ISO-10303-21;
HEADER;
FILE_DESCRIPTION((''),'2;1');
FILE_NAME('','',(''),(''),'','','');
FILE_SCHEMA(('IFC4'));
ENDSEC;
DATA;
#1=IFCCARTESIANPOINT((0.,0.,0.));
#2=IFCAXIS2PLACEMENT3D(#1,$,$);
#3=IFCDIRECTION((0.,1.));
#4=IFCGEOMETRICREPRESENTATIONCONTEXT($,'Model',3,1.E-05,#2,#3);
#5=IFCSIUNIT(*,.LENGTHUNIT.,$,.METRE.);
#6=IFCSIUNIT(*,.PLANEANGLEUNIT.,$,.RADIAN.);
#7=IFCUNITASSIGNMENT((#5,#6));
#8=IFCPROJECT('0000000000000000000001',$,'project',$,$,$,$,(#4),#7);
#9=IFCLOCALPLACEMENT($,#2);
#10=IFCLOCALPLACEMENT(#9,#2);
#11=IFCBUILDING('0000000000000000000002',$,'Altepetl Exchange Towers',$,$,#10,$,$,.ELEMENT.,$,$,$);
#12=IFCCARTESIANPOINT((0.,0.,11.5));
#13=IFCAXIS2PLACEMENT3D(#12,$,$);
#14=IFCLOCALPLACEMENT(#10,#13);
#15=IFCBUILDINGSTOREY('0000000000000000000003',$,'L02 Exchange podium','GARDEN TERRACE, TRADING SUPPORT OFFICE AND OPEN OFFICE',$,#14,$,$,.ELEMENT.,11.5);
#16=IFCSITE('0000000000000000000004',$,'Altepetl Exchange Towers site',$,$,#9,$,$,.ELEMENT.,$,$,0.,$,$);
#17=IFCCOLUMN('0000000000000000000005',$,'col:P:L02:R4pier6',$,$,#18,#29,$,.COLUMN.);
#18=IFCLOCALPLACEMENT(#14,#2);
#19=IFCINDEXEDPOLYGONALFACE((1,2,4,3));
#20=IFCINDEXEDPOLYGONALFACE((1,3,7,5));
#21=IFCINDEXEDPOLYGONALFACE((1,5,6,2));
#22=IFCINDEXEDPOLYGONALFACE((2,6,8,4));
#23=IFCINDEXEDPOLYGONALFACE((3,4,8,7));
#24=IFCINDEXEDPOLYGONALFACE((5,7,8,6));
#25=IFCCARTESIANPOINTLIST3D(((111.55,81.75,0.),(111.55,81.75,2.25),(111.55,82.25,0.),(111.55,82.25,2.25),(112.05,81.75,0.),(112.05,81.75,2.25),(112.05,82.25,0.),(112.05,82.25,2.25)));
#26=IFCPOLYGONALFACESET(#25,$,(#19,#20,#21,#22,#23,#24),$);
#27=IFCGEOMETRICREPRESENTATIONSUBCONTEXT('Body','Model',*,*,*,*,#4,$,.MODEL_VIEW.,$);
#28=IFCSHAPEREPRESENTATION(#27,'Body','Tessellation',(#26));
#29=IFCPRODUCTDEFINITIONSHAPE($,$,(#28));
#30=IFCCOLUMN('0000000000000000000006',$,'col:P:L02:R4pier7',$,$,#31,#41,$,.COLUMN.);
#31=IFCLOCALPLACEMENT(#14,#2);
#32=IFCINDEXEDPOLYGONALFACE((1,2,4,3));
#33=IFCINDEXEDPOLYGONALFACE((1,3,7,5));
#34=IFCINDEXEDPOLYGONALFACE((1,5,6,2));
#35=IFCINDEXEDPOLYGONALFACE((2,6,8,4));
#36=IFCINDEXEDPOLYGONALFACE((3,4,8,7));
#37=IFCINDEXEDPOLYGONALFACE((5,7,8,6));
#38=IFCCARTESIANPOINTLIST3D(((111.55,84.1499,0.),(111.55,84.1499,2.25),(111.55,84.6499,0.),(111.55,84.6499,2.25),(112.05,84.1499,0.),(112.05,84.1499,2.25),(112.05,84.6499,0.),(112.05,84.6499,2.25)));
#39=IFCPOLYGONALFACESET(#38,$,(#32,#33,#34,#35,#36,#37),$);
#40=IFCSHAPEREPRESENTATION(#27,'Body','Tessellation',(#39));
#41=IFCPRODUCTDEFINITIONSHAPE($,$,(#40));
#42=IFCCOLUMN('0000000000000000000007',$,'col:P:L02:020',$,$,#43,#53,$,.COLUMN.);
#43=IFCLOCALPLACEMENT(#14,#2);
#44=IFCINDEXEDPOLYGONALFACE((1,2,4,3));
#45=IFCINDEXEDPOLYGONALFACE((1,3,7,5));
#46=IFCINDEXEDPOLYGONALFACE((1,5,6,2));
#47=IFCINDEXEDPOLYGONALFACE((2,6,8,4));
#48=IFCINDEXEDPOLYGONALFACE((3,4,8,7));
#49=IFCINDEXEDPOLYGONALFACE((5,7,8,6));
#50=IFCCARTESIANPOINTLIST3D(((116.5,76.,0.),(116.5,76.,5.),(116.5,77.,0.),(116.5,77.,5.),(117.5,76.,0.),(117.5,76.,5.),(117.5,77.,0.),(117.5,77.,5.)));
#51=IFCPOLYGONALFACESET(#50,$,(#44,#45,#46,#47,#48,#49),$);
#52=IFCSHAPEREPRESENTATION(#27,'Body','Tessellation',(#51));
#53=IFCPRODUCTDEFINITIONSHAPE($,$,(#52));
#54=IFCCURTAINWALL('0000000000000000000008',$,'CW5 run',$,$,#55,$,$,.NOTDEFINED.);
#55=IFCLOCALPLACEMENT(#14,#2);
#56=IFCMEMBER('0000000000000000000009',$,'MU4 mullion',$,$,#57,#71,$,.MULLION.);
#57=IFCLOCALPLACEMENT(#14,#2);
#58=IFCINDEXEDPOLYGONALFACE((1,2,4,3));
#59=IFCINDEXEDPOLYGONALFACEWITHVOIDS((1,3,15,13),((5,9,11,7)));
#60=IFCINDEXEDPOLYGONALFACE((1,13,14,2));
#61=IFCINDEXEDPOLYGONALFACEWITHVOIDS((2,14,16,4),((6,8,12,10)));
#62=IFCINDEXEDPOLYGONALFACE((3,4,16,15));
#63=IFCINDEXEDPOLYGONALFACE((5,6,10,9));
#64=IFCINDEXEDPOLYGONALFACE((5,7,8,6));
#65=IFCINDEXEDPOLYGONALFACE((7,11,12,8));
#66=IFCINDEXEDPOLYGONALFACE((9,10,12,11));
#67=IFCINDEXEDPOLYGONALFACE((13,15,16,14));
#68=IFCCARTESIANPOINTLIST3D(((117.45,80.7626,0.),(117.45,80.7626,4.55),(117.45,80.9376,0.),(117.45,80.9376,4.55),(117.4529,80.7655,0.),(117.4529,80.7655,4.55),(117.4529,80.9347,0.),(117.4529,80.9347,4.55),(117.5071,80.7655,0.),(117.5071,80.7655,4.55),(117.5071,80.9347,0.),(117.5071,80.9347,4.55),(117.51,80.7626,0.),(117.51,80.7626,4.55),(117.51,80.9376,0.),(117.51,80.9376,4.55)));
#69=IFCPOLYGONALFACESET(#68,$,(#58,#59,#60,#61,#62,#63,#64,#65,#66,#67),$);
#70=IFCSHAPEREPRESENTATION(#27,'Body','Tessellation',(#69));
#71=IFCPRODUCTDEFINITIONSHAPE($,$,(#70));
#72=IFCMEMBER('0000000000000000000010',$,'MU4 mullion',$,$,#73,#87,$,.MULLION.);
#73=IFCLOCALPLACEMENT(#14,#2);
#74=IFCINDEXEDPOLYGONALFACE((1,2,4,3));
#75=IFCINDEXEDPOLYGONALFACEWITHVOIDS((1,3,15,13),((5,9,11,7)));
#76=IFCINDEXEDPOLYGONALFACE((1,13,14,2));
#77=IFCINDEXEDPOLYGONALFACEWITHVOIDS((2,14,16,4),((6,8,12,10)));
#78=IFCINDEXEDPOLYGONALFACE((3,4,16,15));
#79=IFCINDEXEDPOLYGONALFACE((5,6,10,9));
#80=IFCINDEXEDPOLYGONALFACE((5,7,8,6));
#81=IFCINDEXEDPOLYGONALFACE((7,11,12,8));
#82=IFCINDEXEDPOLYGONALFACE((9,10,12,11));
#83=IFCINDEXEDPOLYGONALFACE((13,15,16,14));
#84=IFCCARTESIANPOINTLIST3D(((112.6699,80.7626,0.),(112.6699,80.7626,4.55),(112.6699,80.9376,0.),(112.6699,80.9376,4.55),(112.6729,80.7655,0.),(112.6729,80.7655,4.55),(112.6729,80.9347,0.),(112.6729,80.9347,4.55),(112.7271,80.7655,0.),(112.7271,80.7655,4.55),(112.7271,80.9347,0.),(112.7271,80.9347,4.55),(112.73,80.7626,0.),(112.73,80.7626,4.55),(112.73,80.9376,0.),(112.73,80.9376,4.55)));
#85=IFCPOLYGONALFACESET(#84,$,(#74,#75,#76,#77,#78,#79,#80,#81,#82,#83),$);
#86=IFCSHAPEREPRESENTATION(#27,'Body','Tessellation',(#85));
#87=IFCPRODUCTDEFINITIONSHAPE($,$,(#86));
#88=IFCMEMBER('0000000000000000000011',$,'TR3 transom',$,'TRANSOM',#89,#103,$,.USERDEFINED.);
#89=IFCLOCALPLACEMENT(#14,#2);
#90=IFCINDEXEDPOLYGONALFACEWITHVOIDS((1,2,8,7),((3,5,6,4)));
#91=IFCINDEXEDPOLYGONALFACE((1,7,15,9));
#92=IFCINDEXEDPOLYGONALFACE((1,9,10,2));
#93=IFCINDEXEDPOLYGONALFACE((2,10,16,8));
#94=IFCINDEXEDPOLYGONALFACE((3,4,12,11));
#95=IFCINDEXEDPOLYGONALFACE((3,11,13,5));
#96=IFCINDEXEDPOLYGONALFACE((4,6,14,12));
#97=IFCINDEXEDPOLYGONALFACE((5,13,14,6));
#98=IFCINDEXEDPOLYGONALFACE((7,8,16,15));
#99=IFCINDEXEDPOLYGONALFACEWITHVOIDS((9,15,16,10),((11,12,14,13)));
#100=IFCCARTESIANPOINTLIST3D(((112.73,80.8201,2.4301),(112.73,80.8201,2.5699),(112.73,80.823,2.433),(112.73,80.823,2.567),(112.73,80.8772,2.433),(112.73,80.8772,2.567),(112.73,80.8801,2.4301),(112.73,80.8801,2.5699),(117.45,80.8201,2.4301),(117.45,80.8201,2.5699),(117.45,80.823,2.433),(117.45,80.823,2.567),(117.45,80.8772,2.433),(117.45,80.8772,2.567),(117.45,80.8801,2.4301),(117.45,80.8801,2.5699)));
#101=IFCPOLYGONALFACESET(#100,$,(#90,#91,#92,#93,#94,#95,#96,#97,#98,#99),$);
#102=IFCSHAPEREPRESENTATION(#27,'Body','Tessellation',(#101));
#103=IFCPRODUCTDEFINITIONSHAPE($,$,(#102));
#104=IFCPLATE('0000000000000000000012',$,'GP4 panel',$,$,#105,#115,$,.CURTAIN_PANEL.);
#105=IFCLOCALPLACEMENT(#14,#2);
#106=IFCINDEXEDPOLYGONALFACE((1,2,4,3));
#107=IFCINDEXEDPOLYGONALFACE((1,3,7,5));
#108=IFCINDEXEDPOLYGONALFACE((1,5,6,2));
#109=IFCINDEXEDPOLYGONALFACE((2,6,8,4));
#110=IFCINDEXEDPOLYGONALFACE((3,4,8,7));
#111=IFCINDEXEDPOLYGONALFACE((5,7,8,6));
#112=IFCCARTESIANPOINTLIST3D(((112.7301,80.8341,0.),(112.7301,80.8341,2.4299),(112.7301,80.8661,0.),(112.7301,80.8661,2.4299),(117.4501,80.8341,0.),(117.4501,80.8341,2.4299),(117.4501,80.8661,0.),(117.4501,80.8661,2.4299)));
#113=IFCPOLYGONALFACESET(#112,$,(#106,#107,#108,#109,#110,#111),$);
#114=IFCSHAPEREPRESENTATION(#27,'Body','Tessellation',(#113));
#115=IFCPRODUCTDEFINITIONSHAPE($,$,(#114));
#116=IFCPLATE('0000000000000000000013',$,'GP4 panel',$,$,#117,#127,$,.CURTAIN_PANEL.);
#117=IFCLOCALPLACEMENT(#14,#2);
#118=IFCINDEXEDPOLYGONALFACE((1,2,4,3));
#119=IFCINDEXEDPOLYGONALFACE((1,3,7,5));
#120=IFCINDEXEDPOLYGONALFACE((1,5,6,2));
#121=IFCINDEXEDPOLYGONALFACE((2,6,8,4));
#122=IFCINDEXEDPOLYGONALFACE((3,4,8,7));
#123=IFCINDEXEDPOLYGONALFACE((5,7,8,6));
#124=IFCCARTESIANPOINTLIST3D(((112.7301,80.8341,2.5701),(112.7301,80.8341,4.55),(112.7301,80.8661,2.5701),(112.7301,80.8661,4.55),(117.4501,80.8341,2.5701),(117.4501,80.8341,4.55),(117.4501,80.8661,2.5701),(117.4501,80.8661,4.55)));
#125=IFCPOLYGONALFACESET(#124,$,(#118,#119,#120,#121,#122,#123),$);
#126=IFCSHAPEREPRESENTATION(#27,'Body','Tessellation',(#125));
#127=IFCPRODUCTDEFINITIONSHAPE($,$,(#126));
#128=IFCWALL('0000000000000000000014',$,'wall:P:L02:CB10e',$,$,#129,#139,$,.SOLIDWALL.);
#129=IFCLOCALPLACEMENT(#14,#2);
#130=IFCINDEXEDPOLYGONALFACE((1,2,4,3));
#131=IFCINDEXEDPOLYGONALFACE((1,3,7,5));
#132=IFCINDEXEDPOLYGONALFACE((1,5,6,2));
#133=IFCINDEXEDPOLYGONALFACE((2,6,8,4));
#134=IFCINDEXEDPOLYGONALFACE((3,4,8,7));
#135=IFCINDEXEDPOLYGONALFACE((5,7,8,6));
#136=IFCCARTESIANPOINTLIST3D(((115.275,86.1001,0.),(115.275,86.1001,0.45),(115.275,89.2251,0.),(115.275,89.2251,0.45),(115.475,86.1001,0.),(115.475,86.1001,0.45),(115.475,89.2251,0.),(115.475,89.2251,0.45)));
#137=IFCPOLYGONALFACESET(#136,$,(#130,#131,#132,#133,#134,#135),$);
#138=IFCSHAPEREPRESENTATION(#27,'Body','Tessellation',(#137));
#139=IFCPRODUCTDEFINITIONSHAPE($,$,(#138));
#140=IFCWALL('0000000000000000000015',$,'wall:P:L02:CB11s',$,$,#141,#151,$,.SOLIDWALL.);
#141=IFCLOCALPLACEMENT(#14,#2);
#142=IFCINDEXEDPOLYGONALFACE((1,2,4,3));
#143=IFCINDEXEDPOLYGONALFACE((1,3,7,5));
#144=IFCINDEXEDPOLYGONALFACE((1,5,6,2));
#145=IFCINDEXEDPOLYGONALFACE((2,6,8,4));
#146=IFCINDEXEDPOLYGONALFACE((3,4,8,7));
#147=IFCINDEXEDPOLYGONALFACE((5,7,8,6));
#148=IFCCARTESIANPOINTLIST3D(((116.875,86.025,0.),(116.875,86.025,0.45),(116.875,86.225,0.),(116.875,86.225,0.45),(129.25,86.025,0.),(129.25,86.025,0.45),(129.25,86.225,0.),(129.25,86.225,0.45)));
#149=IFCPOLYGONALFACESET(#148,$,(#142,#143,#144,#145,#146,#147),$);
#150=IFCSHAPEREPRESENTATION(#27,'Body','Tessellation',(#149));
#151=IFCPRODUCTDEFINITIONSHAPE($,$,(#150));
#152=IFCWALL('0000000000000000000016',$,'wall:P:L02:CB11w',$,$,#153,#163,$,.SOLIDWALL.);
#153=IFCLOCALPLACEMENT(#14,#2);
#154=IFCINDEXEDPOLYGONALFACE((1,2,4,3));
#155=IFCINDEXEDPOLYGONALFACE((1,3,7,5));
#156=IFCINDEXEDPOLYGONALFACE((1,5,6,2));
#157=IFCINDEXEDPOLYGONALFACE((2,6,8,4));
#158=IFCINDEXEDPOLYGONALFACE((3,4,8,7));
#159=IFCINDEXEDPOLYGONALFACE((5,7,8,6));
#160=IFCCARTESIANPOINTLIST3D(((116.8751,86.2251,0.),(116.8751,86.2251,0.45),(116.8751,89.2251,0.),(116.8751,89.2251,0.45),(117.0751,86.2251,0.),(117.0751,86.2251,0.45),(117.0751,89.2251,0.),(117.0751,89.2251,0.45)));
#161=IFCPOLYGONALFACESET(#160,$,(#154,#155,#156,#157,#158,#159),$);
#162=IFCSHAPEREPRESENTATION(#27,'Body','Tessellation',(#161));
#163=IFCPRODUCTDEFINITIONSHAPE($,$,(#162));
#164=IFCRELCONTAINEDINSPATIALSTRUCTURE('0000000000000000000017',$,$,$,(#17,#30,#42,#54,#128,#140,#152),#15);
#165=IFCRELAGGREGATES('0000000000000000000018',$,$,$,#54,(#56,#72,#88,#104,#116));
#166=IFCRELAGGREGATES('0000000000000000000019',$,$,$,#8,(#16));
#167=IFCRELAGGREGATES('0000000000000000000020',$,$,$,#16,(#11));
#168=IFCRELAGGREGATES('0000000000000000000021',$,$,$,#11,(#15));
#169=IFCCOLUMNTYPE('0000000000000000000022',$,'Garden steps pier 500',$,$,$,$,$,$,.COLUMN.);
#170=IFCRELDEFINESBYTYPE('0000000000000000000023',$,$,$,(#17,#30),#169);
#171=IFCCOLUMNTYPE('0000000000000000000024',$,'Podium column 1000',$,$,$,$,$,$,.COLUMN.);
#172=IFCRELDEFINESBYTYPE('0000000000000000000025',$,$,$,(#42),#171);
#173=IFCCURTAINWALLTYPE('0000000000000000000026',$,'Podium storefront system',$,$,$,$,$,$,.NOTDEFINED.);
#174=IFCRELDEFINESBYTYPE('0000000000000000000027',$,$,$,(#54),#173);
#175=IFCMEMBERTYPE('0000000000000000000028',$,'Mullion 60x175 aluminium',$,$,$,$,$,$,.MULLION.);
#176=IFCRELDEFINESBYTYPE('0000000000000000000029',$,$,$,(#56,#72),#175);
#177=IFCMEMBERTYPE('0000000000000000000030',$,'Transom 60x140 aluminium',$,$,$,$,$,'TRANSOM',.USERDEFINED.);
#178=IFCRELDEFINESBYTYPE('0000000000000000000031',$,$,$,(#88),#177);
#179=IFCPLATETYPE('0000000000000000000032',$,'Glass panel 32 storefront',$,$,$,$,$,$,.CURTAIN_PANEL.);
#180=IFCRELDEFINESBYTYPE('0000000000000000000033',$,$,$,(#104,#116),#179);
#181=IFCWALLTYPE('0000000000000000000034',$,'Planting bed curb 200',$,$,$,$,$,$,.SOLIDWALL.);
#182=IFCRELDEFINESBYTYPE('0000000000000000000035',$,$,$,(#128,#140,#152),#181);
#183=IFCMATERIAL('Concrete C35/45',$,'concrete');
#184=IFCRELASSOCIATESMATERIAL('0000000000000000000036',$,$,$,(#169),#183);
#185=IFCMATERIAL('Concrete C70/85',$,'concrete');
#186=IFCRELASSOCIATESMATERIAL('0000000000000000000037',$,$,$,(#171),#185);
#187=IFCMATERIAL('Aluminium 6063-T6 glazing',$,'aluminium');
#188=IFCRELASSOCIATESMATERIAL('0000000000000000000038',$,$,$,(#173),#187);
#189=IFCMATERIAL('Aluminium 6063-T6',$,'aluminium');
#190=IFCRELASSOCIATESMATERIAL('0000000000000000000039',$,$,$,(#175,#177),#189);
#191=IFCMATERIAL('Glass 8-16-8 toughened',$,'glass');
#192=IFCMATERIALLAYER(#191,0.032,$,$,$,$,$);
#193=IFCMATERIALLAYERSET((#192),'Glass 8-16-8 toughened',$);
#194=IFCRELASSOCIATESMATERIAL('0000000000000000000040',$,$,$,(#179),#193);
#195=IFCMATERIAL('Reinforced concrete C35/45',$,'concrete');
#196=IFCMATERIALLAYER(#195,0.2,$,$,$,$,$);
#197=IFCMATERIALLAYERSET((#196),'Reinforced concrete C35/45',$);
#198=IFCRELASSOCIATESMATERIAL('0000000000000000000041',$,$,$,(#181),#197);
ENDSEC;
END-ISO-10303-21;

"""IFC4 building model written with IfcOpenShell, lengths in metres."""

from ifc_helpers import new_model, si_unit, direction, frame, frame_2d, origin, origin_2d, place, context, subcontext, project, spatial, rectangle, hollow_rectangle, extrude, material, layer, layer_set, material_profile, profile_set, type_object, element, aggregate, save


model = new_model("IFC4")

# Units and contexts
model_context = context("Model", 3, precision=1e-05, world=origin(), true_north=direction((0.0, 1.0)))
body_context = subcontext(model_context, "Body", "Model", "MODEL_VIEW")
ifc_project = project(units=[si_unit("LENGTHUNIT", "METRE"), si_unit("PLANEANGLEUNIT", "RADIAN")], contexts=[model_context])

# Site, building, storey
site_placement = place(None, origin())
site = spatial("IfcSite", under=ifc_project, at=site_placement, Name="Altepetl Exchange Towers site", CompositionType="ELEMENT", RefElevation=0.0)
building_placement = place(site_placement, origin())
building = spatial("IfcBuilding", under=site, at=building_placement, Name="Altepetl Exchange Towers", CompositionType="ELEMENT")
storey_placement = place(building_placement, frame((0.0, 0.0, 11.5)))
storey = spatial("IfcBuildingStorey", under=building, at=storey_placement, Name="L02 Exchange podium", Description="GARDEN TERRACE, TRADING SUPPORT OFFICE AND OPEN OFFICE", CompositionType="ELEMENT", Elevation=11.5)

# Columns
ifc_material_1 = material(Name="Concrete C35/45", Category="concrete")
ifc_material_profile_1 = material_profile(ifc_material_1, rectangle(XDim=0.5, YDim=0.5, at=origin_2d()), Name="500 x 500")
ifc_profile_set_1 = profile_set([ifc_material_profile_1], Name="Concrete C35/45")
column_type_1 = type_object("IfcColumnType", Name="Garden steps pier 500", PredefinedType="COLUMN", material=ifc_profile_set_1)
for number, where, name in (
    (1, (111.8, 82.0, 0.0), "col:P:L02:R4pier6"),
    (2, (111.8, 84.3999, 0.0), "col:P:L02:R4pier7"),
):
    element("IfcColumn", number, at=place(storey_placement, frame(where)), inside=storey, type_object=column_type_1, Name=name, PredefinedType="COLUMN", context=body_context, shape_type="SweptSolid", body=[
        extrude(rectangle(XDim=0.5, YDim=0.5, at=origin_2d()), origin(), (0.0, 0.0, 1.0), 2.25),
    ])
ifc_material_2 = material(Name="Concrete C70/85", Category="concrete")
ifc_material_profile_2 = material_profile(ifc_material_2, rectangle(XDim=1.0, YDim=1.0, at=origin_2d()), Name="1000 x 1000")
ifc_profile_set_2 = profile_set([ifc_material_profile_2], Name="Concrete C70/85")
column_type_2 = type_object("IfcColumnType", Name="Podium column 1000", PredefinedType="COLUMN", material=ifc_profile_set_2)
column_placement = place(storey_placement, frame((117.0, 76.5, 0.0)))
element("IfcColumn", 3, at=column_placement, inside=storey, type_object=column_type_2, Name="col:P:L02:020", PredefinedType="COLUMN", context=body_context, shape_type="SweptSolid", body=[
    extrude(rectangle(XDim=1.0, YDim=1.0, at=origin_2d()), origin(), (0.0, 0.0, 1.0), 5.0),
])

# Curtain wall, members, plates
ifc_material_3 = material(Name="Aluminium 6063-T6 glazing", Category="aluminium")
curtain_wall_type = type_object("IfcCurtainWallType", Name="Podium storefront system", PredefinedType="NOTDEFINED", material=ifc_material_3)
curtain_wall_placement = place(storey_placement, origin())
curtain_wall = element("IfcCurtainWall", 4, at=curtain_wall_placement, inside=storey, type_object=curtain_wall_type, Name="CW5 run", PredefinedType="NOTDEFINED")
ifc_material_4 = material(Name="Aluminium 6063-T6", Category="aluminium")
ifc_material_profile_3 = material_profile(ifc_material_4, hollow_rectangle(XDim=0.0601, YDim=0.175, WallThickness=0.0029, at=origin_2d()), Name="Mullion 60x175 aluminium")
ifc_profile_set_3 = profile_set([ifc_material_profile_3], Name="Aluminium 6063-T6")
member_type_1 = type_object("IfcMemberType", Name="Mullion 60x175 aluminium", PredefinedType="MULLION", material=ifc_profile_set_3)
member_1_placement = place(storey_placement, frame((117.48, 80.8501, 0.0), z_axis=(0.0, 0.0, 1.0), x_axis=(-1.0, 0.0, 0.0)))
member_1 = element("IfcMember", 5, at=member_1_placement, type_object=member_type_1, Name="MU4 mullion", PredefinedType="MULLION", context=body_context, shape_type="SweptSolid", body=[
    extrude(hollow_rectangle(XDim=0.0601, YDim=0.175, WallThickness=0.0029, at=origin_2d()), origin(), (0.0, 0.0, 1.0), 4.55),
])
member_2_placement = place(storey_placement, frame((112.7, 80.8501, 0.0), z_axis=(0.0, 0.0, 1.0), x_axis=(-1.0, 0.0, 0.0)))
member_2 = element("IfcMember", 6, at=member_2_placement, type_object=member_type_1, Name="MU4 mullion", PredefinedType="MULLION", context=body_context, shape_type="SweptSolid", body=[
    extrude(hollow_rectangle(XDim=0.0601, YDim=0.175, WallThickness=0.0029, at=origin_2d()), origin(), (0.0, 0.0, 1.0), 4.55),
])
ifc_material_profile_4 = material_profile(ifc_material_4, hollow_rectangle(XDim=0.0601, YDim=0.1399, WallThickness=0.0029, at=origin_2d()), Name="Transom 60x140 aluminium")
ifc_profile_set_4 = profile_set([ifc_material_profile_4], Name="Aluminium 6063-T6")
member_type_2 = type_object("IfcMemberType", Name="Transom 60x140 aluminium", ElementType="TRANSOM", PredefinedType="USERDEFINED", material=ifc_profile_set_4)
member_3_placement = place(storey_placement, frame((117.45, 80.8501, 2.5), z_axis=(-1.0, 0.0, 0.0), x_axis=(0.0, -1.0, 0.0)))
member_3 = element("IfcMember", 7, at=member_3_placement, type_object=member_type_2, Name="TR3 transom", ObjectType="TRANSOM", PredefinedType="USERDEFINED", context=body_context, shape_type="SweptSolid", body=[
    extrude(hollow_rectangle(XDim=0.0601, YDim=0.1399, WallThickness=0.0029, at=origin_2d()), origin(), (0.0, 0.0, 1.0), 4.72),
])
ifc_material_5 = material(Name="Glass 8-16-8 toughened", Category="glass")
ifc_layer_1 = layer(ifc_material_5, 0.032)
ifc_layer_set_1 = layer_set([ifc_layer_1], Name="Glass 8-16-8 toughened")
plate_type = type_object("IfcPlateType", Name="Glass panel 32 storefront", PredefinedType="CURTAIN_PANEL", material=ifc_layer_set_1)
plate_1_placement = place(storey_placement, frame((115.0901, 80.8501, 0.0), z_axis=(0.0, 0.0, 1.0), x_axis=(-1.0, 0.0, 0.0)))
plate_1 = element("IfcPlate", 8, at=plate_1_placement, type_object=plate_type, Name="GP4 panel", PredefinedType="CURTAIN_PANEL", context=body_context, shape_type="SweptSolid", body=[
    extrude(rectangle(XDim=4.72, YDim=0.032, at=origin_2d()), origin(), (0.0, 0.0, 1.0), 2.4299),
])
plate_2_placement = place(storey_placement, frame((115.0901, 80.8501, 2.5701), z_axis=(0.0, 0.0, 1.0), x_axis=(-1.0, 0.0, 0.0)))
plate_2 = element("IfcPlate", 9, at=plate_2_placement, type_object=plate_type, Name="GP4 panel", PredefinedType="CURTAIN_PANEL", context=body_context, shape_type="SweptSolid", body=[
    extrude(rectangle(XDim=4.72, YDim=0.032, at=origin_2d()), origin(), (0.0, 0.0, 1.0), 1.98),
])
aggregate(curtain_wall, [member_1, member_2, member_3, plate_1, plate_2])

# Walls
ifc_material_6 = material(Name="Reinforced concrete C35/45", Category="concrete")
ifc_layer_2 = layer(ifc_material_6, 0.2)
ifc_layer_set_2 = layer_set([ifc_layer_2], Name="Reinforced concrete C35/45")
wall_type_1 = type_object("IfcWallType", Name="Planting bed curb 200", PredefinedType="SOLIDWALL", material=ifc_layer_set_2)
wall_1_placement = place(storey_placement, frame((115.375, 86.1001, 0.0), z_axis=(0.0, 0.0, 1.0), x_axis=(0.0, 1.0, 0.0)))
element("IfcWall", 10, at=wall_1_placement, inside=storey, type_object=wall_type_1, Name="wall:P:L02:CB10e", PredefinedType="SOLIDWALL", context=body_context, shape_type="SweptSolid", body=[
    extrude(rectangle(XDim=3.125, YDim=0.2, at=frame_2d((1.5625, 0.0))), origin(), (0.0, 0.0, 1.0), 0.45),
])
wall_2_placement = place(storey_placement, frame((116.875, 86.125, 0.0)))
element("IfcWall", 11, at=wall_2_placement, inside=storey, type_object=wall_type_1, Name="wall:P:L02:CB11s", PredefinedType="SOLIDWALL", context=body_context, shape_type="SweptSolid", body=[
    extrude(rectangle(XDim=12.375, YDim=0.2, at=frame_2d((6.1875, 0.0))), origin(), (0.0, 0.0, 1.0), 0.45),
])
wall_3_placement = place(storey_placement, frame((116.9751, 86.2251, 0.0), z_axis=(0.0, 0.0, 1.0), x_axis=(0.0, 1.0, 0.0)))
element("IfcWall", 12, at=wall_3_placement, inside=storey, type_object=wall_type_1, Name="wall:P:L02:CB11w", PredefinedType="SOLIDWALL", context=body_context, shape_type="SweptSolid", body=[
    extrude(rectangle(XDim=3.0, YDim=0.2, at=frame_2d((1.5, 0.0))), origin(), (0.0, 0.0, 1.0), 0.45),
])

save(model, "model.ifc")
